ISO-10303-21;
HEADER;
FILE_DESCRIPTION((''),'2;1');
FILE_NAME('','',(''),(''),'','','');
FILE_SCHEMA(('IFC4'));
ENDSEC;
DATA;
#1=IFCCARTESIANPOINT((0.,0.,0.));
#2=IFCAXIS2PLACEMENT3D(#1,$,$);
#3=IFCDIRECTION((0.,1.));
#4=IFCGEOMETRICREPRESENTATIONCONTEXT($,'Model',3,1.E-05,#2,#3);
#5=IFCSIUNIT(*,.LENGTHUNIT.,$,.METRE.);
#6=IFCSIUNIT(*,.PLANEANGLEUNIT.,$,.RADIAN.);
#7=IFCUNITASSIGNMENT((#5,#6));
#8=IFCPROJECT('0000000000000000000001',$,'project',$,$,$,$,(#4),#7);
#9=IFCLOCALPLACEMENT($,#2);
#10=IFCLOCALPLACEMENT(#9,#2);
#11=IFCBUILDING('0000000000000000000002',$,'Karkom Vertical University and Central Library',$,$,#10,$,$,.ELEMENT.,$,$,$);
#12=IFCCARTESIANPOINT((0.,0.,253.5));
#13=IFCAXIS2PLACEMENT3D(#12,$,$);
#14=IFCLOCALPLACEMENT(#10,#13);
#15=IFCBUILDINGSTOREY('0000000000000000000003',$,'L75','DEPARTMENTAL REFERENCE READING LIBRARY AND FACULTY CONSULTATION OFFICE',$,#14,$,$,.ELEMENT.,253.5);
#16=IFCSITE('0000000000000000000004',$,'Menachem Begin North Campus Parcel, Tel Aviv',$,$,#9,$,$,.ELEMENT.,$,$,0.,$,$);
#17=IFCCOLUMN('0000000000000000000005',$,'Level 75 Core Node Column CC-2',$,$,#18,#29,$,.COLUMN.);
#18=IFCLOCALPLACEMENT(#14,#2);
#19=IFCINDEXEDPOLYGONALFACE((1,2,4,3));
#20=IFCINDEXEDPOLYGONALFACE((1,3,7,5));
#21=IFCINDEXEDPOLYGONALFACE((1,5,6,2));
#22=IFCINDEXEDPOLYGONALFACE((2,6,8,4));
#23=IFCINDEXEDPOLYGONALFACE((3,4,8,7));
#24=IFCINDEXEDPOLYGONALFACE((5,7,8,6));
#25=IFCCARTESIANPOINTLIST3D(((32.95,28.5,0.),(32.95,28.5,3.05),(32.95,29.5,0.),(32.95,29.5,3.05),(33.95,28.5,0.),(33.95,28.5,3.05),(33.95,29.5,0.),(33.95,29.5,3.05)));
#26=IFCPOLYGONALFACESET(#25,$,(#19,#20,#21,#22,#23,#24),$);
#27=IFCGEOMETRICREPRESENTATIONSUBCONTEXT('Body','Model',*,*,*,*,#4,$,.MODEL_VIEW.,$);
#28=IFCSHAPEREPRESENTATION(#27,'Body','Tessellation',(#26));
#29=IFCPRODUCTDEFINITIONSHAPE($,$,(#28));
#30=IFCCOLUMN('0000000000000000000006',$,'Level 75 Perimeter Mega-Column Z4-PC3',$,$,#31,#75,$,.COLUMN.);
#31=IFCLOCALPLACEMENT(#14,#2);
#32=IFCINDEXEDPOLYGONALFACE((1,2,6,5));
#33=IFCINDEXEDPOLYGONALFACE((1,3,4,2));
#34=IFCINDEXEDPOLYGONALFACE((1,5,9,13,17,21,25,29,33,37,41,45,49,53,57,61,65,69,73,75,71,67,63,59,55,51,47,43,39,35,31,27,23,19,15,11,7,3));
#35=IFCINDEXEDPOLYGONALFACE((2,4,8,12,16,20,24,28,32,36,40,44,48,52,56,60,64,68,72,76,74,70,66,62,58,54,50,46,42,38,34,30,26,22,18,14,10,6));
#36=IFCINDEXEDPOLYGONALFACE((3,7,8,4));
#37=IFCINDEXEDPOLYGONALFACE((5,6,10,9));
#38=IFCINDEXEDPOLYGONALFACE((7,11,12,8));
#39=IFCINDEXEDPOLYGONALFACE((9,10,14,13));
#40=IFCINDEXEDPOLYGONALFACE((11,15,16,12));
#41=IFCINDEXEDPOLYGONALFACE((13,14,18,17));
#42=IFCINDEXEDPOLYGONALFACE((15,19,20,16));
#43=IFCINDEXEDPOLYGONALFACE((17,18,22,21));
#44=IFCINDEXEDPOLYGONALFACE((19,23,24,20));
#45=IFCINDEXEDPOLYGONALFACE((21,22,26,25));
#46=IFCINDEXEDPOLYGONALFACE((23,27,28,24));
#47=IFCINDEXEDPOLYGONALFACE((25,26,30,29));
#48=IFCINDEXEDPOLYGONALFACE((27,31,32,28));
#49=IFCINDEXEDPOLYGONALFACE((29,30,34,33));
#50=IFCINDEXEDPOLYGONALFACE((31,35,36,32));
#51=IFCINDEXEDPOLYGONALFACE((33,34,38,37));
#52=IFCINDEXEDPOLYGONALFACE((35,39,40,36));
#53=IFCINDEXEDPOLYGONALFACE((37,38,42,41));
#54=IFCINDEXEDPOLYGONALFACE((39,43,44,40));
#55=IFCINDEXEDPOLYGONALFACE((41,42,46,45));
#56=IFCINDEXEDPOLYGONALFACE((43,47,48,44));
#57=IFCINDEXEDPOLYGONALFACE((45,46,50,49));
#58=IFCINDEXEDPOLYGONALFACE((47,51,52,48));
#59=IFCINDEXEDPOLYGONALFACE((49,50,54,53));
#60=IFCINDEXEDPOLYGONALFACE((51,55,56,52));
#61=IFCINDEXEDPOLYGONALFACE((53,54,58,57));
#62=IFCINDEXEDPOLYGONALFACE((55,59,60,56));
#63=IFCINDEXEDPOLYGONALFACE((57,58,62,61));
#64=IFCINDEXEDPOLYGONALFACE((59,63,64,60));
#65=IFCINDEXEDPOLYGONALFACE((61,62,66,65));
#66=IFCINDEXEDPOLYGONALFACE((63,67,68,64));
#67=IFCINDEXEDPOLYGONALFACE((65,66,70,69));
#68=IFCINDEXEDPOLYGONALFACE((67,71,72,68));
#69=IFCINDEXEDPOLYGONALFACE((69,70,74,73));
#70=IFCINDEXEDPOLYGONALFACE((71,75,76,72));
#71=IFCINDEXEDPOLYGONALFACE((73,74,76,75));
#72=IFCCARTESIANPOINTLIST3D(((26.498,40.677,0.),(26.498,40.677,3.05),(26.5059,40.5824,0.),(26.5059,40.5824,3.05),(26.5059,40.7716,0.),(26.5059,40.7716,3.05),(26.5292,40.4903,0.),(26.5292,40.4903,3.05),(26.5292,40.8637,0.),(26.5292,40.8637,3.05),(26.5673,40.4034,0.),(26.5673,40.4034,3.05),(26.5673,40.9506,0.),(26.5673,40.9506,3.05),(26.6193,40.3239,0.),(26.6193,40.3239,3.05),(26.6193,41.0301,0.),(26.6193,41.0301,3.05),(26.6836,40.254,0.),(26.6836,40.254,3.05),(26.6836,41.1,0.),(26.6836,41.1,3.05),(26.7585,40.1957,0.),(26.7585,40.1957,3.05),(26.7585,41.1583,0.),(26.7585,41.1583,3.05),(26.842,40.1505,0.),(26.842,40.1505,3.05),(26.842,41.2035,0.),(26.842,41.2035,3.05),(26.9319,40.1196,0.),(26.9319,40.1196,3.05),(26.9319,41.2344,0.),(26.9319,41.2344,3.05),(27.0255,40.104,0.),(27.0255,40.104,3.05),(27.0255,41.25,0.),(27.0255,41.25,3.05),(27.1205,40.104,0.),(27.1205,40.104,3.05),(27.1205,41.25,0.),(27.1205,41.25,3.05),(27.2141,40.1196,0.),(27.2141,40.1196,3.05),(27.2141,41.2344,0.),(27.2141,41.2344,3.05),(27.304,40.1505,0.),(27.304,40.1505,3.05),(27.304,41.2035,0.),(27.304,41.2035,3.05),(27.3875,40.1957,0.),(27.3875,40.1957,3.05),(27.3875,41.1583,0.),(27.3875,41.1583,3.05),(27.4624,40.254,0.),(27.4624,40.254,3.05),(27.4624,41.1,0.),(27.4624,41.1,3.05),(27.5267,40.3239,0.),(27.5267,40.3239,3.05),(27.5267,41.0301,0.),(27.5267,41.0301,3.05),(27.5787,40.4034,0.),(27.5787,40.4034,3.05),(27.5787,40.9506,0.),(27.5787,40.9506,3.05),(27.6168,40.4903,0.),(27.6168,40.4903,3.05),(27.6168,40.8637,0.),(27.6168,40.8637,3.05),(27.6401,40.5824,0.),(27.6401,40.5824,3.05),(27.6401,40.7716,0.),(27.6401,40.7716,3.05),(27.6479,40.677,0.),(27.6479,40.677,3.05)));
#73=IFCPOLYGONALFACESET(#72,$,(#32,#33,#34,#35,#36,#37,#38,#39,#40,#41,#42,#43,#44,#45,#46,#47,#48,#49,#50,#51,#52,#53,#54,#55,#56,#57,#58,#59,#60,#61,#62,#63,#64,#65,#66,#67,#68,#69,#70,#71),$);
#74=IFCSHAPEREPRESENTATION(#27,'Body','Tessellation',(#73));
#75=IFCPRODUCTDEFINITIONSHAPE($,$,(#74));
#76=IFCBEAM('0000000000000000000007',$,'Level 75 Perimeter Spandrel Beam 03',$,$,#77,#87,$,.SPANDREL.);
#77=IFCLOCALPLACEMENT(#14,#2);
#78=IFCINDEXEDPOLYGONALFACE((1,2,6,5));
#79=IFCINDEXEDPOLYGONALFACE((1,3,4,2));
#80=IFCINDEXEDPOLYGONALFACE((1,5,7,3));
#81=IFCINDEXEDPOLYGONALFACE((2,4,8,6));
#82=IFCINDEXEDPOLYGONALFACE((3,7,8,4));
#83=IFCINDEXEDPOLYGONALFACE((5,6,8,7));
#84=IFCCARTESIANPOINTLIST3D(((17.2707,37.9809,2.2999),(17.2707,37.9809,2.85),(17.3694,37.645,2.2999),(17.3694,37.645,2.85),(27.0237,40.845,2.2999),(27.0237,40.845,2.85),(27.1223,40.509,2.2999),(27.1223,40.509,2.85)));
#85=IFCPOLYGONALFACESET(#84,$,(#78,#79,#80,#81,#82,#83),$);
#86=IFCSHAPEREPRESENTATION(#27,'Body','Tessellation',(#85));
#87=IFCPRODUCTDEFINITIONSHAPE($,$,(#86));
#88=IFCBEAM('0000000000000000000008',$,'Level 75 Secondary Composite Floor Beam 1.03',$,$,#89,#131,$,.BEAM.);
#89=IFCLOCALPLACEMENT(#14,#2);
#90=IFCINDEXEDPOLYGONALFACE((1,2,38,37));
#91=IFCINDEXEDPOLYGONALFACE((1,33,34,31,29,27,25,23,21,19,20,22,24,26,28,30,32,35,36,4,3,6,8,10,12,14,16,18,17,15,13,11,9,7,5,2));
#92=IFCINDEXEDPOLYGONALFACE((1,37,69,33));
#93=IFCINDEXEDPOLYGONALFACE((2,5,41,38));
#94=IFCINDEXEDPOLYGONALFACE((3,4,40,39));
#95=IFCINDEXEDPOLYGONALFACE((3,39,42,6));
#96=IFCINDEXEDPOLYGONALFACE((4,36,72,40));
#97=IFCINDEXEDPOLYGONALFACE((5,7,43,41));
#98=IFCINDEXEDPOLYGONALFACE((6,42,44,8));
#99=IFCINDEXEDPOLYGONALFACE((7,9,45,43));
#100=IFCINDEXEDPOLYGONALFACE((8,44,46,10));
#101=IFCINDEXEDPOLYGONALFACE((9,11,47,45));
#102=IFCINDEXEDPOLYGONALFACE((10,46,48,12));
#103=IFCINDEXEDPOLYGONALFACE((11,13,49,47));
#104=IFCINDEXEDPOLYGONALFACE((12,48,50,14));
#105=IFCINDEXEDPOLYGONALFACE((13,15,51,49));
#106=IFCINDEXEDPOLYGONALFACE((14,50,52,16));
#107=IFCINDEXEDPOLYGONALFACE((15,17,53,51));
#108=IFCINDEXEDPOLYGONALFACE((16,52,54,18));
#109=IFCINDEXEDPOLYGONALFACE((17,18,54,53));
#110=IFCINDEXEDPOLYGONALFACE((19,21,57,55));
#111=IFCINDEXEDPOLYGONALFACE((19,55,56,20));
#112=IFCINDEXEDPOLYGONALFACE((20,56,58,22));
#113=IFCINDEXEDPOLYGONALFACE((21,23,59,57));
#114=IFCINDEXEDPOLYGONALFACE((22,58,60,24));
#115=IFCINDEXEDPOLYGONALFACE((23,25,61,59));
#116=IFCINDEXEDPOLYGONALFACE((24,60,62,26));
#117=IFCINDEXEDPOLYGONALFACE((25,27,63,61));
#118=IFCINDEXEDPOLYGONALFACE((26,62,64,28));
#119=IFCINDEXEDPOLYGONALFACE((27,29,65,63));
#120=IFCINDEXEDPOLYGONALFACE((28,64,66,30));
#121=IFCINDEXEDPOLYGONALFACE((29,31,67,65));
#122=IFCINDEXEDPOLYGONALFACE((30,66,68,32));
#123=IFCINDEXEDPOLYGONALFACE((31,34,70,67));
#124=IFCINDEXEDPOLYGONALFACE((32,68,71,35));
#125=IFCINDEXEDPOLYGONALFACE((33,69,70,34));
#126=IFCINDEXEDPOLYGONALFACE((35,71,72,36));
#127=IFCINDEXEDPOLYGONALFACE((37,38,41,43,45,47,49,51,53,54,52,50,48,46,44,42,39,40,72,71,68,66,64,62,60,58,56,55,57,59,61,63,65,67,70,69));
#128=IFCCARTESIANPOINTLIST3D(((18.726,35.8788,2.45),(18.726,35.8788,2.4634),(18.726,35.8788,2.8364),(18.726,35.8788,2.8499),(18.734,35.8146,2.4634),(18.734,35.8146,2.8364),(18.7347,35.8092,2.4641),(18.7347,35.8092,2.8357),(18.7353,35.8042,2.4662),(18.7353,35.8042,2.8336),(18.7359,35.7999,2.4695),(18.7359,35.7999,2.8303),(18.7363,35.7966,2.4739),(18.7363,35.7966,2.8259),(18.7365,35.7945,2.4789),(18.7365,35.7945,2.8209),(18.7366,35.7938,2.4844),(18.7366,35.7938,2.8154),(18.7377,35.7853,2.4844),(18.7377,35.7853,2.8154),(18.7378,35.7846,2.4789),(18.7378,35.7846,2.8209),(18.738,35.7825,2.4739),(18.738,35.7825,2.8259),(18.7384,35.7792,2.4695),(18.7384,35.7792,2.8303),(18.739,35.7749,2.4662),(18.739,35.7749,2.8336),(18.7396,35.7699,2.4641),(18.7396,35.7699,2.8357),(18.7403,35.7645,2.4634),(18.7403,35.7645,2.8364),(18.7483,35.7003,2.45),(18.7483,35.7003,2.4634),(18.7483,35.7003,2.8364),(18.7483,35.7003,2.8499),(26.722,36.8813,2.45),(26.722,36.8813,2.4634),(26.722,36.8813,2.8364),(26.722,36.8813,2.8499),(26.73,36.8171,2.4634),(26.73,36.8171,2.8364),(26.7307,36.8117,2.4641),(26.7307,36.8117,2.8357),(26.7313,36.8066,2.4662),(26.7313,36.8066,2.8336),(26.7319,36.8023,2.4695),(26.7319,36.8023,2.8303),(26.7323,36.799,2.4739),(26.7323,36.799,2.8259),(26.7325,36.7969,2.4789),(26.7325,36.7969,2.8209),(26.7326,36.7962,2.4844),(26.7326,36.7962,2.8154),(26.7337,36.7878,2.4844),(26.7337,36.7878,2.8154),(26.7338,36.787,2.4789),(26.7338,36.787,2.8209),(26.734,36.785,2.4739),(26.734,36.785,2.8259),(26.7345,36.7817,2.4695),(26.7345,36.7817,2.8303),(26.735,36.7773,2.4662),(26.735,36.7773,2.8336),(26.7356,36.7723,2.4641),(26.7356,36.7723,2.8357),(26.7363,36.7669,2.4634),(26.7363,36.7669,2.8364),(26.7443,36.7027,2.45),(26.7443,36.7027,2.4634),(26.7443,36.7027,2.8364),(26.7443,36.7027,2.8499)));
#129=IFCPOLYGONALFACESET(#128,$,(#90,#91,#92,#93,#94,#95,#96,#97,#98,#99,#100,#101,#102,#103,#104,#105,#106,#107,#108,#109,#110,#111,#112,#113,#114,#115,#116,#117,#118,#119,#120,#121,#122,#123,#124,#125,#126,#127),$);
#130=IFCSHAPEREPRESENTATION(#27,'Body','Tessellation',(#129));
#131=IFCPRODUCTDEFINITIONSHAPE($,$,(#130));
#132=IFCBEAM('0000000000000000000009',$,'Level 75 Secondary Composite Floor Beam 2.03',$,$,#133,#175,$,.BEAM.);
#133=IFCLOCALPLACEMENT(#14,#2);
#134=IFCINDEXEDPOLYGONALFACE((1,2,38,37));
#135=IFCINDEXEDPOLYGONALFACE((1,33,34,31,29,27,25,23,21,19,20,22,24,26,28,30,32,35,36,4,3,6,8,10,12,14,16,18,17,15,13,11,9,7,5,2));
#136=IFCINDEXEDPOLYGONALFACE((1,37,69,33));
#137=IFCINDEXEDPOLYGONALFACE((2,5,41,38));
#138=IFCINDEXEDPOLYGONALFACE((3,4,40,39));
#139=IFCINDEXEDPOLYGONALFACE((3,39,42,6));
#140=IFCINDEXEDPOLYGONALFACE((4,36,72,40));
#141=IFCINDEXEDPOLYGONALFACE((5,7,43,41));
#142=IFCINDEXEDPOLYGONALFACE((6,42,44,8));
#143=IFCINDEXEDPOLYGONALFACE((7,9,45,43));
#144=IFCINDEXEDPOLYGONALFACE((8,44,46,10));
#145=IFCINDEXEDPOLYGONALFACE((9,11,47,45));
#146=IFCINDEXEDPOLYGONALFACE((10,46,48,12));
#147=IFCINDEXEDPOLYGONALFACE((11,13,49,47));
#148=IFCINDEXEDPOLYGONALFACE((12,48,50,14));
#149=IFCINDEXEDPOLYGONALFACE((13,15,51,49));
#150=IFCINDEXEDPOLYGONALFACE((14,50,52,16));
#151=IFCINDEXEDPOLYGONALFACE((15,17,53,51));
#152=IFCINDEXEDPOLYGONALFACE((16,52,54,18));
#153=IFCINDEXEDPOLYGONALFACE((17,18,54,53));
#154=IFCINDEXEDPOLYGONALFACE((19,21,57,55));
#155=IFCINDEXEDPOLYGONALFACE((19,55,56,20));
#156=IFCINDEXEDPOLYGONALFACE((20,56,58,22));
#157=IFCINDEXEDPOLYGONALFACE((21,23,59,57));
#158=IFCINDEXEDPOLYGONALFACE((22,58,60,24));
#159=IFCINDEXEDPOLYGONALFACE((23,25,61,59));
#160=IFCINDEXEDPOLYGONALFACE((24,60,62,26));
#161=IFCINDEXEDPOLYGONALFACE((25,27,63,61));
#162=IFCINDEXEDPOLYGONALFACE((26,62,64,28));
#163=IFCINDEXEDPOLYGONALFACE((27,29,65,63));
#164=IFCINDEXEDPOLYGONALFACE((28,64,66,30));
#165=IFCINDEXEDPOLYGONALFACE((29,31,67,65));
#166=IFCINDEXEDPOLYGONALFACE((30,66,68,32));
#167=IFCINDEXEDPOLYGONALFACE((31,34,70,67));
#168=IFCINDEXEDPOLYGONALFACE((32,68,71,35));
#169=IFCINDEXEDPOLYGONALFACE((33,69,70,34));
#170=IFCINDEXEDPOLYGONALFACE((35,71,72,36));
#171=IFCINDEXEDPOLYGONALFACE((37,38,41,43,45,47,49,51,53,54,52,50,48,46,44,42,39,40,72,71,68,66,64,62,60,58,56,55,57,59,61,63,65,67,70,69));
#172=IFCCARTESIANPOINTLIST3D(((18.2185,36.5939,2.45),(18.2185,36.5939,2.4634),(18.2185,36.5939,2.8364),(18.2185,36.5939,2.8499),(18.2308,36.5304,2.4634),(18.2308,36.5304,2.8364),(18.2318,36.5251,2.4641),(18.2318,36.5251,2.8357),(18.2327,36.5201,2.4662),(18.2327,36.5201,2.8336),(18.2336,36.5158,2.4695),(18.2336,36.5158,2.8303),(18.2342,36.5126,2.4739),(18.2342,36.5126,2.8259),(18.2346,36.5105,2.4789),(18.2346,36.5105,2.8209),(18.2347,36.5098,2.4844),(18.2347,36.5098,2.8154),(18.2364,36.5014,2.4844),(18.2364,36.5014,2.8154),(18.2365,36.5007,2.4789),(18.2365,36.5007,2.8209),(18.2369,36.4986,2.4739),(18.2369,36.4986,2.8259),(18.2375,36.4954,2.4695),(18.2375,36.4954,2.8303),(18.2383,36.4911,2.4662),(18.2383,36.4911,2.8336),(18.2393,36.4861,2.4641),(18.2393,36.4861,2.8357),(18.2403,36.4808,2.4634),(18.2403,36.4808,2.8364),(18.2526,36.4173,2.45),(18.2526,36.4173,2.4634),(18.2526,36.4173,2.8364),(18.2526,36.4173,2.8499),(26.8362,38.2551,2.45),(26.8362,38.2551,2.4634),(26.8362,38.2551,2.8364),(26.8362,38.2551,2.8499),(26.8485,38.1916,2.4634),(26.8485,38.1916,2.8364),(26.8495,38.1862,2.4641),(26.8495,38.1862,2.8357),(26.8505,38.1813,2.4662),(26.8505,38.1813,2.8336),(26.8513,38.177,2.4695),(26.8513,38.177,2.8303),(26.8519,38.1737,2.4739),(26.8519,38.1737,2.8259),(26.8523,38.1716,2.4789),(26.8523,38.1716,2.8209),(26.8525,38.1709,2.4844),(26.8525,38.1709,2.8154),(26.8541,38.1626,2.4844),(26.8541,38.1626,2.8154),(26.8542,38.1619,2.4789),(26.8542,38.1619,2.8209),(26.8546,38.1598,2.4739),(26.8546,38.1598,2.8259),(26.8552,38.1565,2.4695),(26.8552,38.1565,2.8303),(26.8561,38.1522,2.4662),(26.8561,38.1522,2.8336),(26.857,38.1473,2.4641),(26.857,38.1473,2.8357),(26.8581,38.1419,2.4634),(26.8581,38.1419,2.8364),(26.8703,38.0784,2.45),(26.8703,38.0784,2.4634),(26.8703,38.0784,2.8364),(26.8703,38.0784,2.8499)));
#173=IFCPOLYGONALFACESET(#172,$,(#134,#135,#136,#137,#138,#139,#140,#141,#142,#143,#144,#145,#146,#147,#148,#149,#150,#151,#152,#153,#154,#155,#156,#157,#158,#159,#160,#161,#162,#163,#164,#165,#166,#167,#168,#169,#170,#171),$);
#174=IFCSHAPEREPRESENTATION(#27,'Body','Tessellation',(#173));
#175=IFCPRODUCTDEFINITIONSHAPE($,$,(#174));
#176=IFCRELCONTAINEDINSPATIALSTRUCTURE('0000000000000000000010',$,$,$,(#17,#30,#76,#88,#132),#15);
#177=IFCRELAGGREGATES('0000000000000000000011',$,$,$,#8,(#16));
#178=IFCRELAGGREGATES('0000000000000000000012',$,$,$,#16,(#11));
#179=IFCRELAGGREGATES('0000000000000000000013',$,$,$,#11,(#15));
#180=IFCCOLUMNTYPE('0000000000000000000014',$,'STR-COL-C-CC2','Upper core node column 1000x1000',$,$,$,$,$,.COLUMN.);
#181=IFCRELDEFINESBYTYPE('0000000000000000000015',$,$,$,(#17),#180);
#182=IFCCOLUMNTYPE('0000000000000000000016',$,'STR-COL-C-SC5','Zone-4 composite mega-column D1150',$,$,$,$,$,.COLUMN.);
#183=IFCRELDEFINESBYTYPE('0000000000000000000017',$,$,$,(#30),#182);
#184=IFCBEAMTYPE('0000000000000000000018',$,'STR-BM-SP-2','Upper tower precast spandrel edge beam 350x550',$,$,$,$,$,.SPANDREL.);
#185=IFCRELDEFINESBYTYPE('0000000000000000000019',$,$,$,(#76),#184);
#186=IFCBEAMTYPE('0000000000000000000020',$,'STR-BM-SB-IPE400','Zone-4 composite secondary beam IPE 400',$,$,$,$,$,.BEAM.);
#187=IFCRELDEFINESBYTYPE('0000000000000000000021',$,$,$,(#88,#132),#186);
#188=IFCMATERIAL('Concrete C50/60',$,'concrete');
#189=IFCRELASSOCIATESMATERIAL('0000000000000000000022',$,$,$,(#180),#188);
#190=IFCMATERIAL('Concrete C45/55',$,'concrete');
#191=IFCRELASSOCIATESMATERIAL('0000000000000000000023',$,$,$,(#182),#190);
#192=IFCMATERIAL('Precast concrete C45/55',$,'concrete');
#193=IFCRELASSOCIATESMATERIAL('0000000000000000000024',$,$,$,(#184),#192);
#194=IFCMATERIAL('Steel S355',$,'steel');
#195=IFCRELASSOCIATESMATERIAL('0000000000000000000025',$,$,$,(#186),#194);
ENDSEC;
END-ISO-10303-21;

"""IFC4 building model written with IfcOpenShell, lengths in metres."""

from ifc_helpers import new_model, si_unit, direction, frame, origin, origin_with_axes, origin_2d, place, context, subcontext, project, spatial, rectangle, circle, i_section, extrude, source, transform, mapped, material, material_profile, profile_set, type_object, element, save


model = new_model("IFC4")

# Units and contexts
model_context = context("Model", 3, precision=1e-05, world=origin(), true_north=direction((0.0, 1.0)))
body_context = subcontext(model_context, "Body", "Model", "MODEL_VIEW")
ifc_project = project(units=[si_unit("LENGTHUNIT", "METRE"), si_unit("PLANEANGLEUNIT", "RADIAN")], contexts=[model_context])

# Site, building, storey
site_placement = place(None, origin())
site = spatial("IfcSite", under=ifc_project, at=site_placement, Name="Menachem Begin North Campus Parcel, Tel Aviv", CompositionType="ELEMENT", RefElevation=0.0)
building_placement = place(site_placement, origin())
building = spatial("IfcBuilding", under=site, at=building_placement, Name="Karkom Vertical University and Central Library", CompositionType="ELEMENT")
storey_placement = place(building_placement, frame((0.0, 0.0, 253.5)))
storey = spatial("IfcBuildingStorey", under=building, at=storey_placement, Name="L75", Description="DEPARTMENTAL REFERENCE READING LIBRARY AND FACULTY CONSULTATION OFFICE", CompositionType="ELEMENT", Elevation=253.5)

# Columns
ifc_material_1 = material(Name="Concrete C50/60", Category="concrete")
ifc_material_profile_1 = material_profile(ifc_material_1, rectangle(XDim=1.0, YDim=1.0, at=origin_2d()), Name="RC-1000x1000")
ifc_profile_set_1 = profile_set([ifc_material_profile_1], Name="Concrete C50/60")
column_type_1 = type_object("IfcColumnType", Name="STR-COL-C-CC2", Description="Upper core node column 1000x1000", PredefinedType="COLUMN", material=ifc_profile_set_1)
shared_shape_1 = source(origin_with_axes(), body_context, "Body", "SweptSolid", [
    extrude(rectangle(XDim=1.0, YDim=1.0, at=origin_2d()), origin(), (0.0, 0.0, 1.0), 3.05),
])
column_1_placement = place(storey_placement, frame((33.45, 29.0, 0.0), z_axis=(0.0, 0.0, 1.0), x_axis=(1.0, 0.0, 0.0)))
element("IfcColumn", 1, at=column_1_placement, inside=storey, type_object=column_type_1, Name="Level 75 Core Node Column CC-2", PredefinedType="COLUMN", context=body_context, shape_type="MappedRepresentation", body=[
    mapped(shared_shape_1, transform((0.0, 0.0, 0.0), scale=1.0)),
])
ifc_material_2 = material(Name="Concrete C45/55", Category="concrete")
ifc_material_profile_2 = material_profile(ifc_material_2, circle(Radius=0.575, at=origin_2d()), Name="CFT-D1150")
ifc_profile_set_2 = profile_set([ifc_material_profile_2], Name="Concrete C45/55")
column_type_2 = type_object("IfcColumnType", Name="STR-COL-C-SC5", Description="Zone-4 composite mega-column D1150", PredefinedType="COLUMN", material=ifc_profile_set_2)
shared_shape_2 = source(origin_with_axes(), body_context, "Body", "SweptSolid", [
    extrude(circle(Radius=0.575, at=origin_2d()), origin(), (0.0, 0.0, 1.0), 3.05),
])
column_2_placement = place(storey_placement, frame((27.073, 40.677, 0.0), z_axis=(0.0, 0.0, 1.0), x_axis=(1.0, 0.0, 0.0)))
element("IfcColumn", 2, at=column_2_placement, inside=storey, type_object=column_type_2, Name="Level 75 Perimeter Mega-Column Z4-PC3", PredefinedType="COLUMN", context=body_context, shape_type="MappedRepresentation", body=[
    mapped(shared_shape_2, transform((0.0, 0.0, 0.0), scale=1.0)),
])

# Beams
ifc_material_3 = material(Name="Precast concrete C45/55", Category="concrete")
ifc_material_profile_3 = material_profile(ifc_material_3, rectangle(XDim=0.3501, YDim=0.55, at=origin_2d()), Name="SPB-350x550")
ifc_profile_set_3 = profile_set([ifc_material_profile_3], Name="Precast concrete C45/55")
beam_type_1 = type_object("IfcBeamType", Name="STR-BM-SP-2", Description="Upper tower precast spandrel edge beam 350x550", PredefinedType="SPANDREL", material=ifc_profile_set_3)
shared_shape_3 = source(origin_with_axes(), body_context, "Body", "SweptSolid", [
    extrude(rectangle(XDim=0.3501, YDim=0.55, at=origin_2d()), origin(), (0.0, 0.0, 1.0), 10.1648),
])
beam_1_placement = place(storey_placement, frame((27.073, 40.677, 2.575), z_axis=(-0.959485, -0.281759, 0.0), x_axis=(0.281759, -0.959485, 0.0)))
element("IfcBeam", 3, at=beam_1_placement, inside=storey, type_object=beam_type_1, Name="Level 75 Perimeter Spandrel Beam 03", PredefinedType="SPANDREL", context=body_context, shape_type="MappedRepresentation", body=[
    mapped(shared_shape_3, transform((0.0, 0.0, 0.0), scale=1.0)),
])
ifc_material_4 = material(Name="Steel S355", Category="steel")
ifc_material_profile_4 = material_profile(ifc_material_4, i_section(OverallWidth=0.1799, OverallDepth=0.3999, WebThickness=0.0085, FlangeThickness=0.0134, FilletRadius=0.021, at=origin_2d()), Name="IPE 400")
ifc_profile_set_4 = profile_set([ifc_material_profile_4], Name="Steel S355")
beam_type_2 = type_object("IfcBeamType", Name="STR-BM-SB-IPE400", Description="Zone-4 composite secondary beam IPE 400", PredefinedType="BEAM", material=ifc_profile_set_4)
shared_shape_4 = source(origin_with_axes(), body_context, "Body", "SweptSolid", [
    extrude(i_section(OverallWidth=0.1799, OverallDepth=0.3999, WebThickness=0.0085, FlangeThickness=0.0134, FilletRadius=0.021, at=origin_2d()), origin(), (0.0, 0.0, 1.0), 8.0586),
])
beam_2_placement = place(storey_placement, frame((26.7332, 36.792, 2.6499), z_axis=(-0.992233, -0.124393, 0.0), x_axis=(0.124393, -0.992233, 0.0)))
element("IfcBeam", 4, at=beam_2_placement, inside=storey, type_object=beam_type_2, Name="Level 75 Secondary Composite Floor Beam 1.03", PredefinedType="BEAM", context=body_context, shape_type="MappedRepresentation", body=[
    mapped(shared_shape_4, transform((0.0, 0.0, 0.0), scale=1.0)),
])
shared_shape_5 = source(origin_with_axes(), body_context, "Body", "SweptSolid", [
    extrude(i_section(OverallWidth=0.1799, OverallDepth=0.3999, WebThickness=0.0085, FlangeThickness=0.0134, FilletRadius=0.021, at=origin_2d()), origin(), (0.0, 0.0, 1.0), 8.7764),
])
beam_3_placement = place(storey_placement, frame((26.8533, 38.1667, 2.6499), z_axis=(-0.981924, -0.189275, 0.0), x_axis=(0.189275, -0.981924, 0.0)))
element("IfcBeam", 5, at=beam_3_placement, inside=storey, type_object=beam_type_2, Name="Level 75 Secondary Composite Floor Beam 2.03", PredefinedType="BEAM", context=body_context, shape_type="MappedRepresentation", body=[
    mapped(shared_shape_5, transform((0.0, 0.0, 0.0), scale=1.0)),
])

save(model, "model.ifc")
